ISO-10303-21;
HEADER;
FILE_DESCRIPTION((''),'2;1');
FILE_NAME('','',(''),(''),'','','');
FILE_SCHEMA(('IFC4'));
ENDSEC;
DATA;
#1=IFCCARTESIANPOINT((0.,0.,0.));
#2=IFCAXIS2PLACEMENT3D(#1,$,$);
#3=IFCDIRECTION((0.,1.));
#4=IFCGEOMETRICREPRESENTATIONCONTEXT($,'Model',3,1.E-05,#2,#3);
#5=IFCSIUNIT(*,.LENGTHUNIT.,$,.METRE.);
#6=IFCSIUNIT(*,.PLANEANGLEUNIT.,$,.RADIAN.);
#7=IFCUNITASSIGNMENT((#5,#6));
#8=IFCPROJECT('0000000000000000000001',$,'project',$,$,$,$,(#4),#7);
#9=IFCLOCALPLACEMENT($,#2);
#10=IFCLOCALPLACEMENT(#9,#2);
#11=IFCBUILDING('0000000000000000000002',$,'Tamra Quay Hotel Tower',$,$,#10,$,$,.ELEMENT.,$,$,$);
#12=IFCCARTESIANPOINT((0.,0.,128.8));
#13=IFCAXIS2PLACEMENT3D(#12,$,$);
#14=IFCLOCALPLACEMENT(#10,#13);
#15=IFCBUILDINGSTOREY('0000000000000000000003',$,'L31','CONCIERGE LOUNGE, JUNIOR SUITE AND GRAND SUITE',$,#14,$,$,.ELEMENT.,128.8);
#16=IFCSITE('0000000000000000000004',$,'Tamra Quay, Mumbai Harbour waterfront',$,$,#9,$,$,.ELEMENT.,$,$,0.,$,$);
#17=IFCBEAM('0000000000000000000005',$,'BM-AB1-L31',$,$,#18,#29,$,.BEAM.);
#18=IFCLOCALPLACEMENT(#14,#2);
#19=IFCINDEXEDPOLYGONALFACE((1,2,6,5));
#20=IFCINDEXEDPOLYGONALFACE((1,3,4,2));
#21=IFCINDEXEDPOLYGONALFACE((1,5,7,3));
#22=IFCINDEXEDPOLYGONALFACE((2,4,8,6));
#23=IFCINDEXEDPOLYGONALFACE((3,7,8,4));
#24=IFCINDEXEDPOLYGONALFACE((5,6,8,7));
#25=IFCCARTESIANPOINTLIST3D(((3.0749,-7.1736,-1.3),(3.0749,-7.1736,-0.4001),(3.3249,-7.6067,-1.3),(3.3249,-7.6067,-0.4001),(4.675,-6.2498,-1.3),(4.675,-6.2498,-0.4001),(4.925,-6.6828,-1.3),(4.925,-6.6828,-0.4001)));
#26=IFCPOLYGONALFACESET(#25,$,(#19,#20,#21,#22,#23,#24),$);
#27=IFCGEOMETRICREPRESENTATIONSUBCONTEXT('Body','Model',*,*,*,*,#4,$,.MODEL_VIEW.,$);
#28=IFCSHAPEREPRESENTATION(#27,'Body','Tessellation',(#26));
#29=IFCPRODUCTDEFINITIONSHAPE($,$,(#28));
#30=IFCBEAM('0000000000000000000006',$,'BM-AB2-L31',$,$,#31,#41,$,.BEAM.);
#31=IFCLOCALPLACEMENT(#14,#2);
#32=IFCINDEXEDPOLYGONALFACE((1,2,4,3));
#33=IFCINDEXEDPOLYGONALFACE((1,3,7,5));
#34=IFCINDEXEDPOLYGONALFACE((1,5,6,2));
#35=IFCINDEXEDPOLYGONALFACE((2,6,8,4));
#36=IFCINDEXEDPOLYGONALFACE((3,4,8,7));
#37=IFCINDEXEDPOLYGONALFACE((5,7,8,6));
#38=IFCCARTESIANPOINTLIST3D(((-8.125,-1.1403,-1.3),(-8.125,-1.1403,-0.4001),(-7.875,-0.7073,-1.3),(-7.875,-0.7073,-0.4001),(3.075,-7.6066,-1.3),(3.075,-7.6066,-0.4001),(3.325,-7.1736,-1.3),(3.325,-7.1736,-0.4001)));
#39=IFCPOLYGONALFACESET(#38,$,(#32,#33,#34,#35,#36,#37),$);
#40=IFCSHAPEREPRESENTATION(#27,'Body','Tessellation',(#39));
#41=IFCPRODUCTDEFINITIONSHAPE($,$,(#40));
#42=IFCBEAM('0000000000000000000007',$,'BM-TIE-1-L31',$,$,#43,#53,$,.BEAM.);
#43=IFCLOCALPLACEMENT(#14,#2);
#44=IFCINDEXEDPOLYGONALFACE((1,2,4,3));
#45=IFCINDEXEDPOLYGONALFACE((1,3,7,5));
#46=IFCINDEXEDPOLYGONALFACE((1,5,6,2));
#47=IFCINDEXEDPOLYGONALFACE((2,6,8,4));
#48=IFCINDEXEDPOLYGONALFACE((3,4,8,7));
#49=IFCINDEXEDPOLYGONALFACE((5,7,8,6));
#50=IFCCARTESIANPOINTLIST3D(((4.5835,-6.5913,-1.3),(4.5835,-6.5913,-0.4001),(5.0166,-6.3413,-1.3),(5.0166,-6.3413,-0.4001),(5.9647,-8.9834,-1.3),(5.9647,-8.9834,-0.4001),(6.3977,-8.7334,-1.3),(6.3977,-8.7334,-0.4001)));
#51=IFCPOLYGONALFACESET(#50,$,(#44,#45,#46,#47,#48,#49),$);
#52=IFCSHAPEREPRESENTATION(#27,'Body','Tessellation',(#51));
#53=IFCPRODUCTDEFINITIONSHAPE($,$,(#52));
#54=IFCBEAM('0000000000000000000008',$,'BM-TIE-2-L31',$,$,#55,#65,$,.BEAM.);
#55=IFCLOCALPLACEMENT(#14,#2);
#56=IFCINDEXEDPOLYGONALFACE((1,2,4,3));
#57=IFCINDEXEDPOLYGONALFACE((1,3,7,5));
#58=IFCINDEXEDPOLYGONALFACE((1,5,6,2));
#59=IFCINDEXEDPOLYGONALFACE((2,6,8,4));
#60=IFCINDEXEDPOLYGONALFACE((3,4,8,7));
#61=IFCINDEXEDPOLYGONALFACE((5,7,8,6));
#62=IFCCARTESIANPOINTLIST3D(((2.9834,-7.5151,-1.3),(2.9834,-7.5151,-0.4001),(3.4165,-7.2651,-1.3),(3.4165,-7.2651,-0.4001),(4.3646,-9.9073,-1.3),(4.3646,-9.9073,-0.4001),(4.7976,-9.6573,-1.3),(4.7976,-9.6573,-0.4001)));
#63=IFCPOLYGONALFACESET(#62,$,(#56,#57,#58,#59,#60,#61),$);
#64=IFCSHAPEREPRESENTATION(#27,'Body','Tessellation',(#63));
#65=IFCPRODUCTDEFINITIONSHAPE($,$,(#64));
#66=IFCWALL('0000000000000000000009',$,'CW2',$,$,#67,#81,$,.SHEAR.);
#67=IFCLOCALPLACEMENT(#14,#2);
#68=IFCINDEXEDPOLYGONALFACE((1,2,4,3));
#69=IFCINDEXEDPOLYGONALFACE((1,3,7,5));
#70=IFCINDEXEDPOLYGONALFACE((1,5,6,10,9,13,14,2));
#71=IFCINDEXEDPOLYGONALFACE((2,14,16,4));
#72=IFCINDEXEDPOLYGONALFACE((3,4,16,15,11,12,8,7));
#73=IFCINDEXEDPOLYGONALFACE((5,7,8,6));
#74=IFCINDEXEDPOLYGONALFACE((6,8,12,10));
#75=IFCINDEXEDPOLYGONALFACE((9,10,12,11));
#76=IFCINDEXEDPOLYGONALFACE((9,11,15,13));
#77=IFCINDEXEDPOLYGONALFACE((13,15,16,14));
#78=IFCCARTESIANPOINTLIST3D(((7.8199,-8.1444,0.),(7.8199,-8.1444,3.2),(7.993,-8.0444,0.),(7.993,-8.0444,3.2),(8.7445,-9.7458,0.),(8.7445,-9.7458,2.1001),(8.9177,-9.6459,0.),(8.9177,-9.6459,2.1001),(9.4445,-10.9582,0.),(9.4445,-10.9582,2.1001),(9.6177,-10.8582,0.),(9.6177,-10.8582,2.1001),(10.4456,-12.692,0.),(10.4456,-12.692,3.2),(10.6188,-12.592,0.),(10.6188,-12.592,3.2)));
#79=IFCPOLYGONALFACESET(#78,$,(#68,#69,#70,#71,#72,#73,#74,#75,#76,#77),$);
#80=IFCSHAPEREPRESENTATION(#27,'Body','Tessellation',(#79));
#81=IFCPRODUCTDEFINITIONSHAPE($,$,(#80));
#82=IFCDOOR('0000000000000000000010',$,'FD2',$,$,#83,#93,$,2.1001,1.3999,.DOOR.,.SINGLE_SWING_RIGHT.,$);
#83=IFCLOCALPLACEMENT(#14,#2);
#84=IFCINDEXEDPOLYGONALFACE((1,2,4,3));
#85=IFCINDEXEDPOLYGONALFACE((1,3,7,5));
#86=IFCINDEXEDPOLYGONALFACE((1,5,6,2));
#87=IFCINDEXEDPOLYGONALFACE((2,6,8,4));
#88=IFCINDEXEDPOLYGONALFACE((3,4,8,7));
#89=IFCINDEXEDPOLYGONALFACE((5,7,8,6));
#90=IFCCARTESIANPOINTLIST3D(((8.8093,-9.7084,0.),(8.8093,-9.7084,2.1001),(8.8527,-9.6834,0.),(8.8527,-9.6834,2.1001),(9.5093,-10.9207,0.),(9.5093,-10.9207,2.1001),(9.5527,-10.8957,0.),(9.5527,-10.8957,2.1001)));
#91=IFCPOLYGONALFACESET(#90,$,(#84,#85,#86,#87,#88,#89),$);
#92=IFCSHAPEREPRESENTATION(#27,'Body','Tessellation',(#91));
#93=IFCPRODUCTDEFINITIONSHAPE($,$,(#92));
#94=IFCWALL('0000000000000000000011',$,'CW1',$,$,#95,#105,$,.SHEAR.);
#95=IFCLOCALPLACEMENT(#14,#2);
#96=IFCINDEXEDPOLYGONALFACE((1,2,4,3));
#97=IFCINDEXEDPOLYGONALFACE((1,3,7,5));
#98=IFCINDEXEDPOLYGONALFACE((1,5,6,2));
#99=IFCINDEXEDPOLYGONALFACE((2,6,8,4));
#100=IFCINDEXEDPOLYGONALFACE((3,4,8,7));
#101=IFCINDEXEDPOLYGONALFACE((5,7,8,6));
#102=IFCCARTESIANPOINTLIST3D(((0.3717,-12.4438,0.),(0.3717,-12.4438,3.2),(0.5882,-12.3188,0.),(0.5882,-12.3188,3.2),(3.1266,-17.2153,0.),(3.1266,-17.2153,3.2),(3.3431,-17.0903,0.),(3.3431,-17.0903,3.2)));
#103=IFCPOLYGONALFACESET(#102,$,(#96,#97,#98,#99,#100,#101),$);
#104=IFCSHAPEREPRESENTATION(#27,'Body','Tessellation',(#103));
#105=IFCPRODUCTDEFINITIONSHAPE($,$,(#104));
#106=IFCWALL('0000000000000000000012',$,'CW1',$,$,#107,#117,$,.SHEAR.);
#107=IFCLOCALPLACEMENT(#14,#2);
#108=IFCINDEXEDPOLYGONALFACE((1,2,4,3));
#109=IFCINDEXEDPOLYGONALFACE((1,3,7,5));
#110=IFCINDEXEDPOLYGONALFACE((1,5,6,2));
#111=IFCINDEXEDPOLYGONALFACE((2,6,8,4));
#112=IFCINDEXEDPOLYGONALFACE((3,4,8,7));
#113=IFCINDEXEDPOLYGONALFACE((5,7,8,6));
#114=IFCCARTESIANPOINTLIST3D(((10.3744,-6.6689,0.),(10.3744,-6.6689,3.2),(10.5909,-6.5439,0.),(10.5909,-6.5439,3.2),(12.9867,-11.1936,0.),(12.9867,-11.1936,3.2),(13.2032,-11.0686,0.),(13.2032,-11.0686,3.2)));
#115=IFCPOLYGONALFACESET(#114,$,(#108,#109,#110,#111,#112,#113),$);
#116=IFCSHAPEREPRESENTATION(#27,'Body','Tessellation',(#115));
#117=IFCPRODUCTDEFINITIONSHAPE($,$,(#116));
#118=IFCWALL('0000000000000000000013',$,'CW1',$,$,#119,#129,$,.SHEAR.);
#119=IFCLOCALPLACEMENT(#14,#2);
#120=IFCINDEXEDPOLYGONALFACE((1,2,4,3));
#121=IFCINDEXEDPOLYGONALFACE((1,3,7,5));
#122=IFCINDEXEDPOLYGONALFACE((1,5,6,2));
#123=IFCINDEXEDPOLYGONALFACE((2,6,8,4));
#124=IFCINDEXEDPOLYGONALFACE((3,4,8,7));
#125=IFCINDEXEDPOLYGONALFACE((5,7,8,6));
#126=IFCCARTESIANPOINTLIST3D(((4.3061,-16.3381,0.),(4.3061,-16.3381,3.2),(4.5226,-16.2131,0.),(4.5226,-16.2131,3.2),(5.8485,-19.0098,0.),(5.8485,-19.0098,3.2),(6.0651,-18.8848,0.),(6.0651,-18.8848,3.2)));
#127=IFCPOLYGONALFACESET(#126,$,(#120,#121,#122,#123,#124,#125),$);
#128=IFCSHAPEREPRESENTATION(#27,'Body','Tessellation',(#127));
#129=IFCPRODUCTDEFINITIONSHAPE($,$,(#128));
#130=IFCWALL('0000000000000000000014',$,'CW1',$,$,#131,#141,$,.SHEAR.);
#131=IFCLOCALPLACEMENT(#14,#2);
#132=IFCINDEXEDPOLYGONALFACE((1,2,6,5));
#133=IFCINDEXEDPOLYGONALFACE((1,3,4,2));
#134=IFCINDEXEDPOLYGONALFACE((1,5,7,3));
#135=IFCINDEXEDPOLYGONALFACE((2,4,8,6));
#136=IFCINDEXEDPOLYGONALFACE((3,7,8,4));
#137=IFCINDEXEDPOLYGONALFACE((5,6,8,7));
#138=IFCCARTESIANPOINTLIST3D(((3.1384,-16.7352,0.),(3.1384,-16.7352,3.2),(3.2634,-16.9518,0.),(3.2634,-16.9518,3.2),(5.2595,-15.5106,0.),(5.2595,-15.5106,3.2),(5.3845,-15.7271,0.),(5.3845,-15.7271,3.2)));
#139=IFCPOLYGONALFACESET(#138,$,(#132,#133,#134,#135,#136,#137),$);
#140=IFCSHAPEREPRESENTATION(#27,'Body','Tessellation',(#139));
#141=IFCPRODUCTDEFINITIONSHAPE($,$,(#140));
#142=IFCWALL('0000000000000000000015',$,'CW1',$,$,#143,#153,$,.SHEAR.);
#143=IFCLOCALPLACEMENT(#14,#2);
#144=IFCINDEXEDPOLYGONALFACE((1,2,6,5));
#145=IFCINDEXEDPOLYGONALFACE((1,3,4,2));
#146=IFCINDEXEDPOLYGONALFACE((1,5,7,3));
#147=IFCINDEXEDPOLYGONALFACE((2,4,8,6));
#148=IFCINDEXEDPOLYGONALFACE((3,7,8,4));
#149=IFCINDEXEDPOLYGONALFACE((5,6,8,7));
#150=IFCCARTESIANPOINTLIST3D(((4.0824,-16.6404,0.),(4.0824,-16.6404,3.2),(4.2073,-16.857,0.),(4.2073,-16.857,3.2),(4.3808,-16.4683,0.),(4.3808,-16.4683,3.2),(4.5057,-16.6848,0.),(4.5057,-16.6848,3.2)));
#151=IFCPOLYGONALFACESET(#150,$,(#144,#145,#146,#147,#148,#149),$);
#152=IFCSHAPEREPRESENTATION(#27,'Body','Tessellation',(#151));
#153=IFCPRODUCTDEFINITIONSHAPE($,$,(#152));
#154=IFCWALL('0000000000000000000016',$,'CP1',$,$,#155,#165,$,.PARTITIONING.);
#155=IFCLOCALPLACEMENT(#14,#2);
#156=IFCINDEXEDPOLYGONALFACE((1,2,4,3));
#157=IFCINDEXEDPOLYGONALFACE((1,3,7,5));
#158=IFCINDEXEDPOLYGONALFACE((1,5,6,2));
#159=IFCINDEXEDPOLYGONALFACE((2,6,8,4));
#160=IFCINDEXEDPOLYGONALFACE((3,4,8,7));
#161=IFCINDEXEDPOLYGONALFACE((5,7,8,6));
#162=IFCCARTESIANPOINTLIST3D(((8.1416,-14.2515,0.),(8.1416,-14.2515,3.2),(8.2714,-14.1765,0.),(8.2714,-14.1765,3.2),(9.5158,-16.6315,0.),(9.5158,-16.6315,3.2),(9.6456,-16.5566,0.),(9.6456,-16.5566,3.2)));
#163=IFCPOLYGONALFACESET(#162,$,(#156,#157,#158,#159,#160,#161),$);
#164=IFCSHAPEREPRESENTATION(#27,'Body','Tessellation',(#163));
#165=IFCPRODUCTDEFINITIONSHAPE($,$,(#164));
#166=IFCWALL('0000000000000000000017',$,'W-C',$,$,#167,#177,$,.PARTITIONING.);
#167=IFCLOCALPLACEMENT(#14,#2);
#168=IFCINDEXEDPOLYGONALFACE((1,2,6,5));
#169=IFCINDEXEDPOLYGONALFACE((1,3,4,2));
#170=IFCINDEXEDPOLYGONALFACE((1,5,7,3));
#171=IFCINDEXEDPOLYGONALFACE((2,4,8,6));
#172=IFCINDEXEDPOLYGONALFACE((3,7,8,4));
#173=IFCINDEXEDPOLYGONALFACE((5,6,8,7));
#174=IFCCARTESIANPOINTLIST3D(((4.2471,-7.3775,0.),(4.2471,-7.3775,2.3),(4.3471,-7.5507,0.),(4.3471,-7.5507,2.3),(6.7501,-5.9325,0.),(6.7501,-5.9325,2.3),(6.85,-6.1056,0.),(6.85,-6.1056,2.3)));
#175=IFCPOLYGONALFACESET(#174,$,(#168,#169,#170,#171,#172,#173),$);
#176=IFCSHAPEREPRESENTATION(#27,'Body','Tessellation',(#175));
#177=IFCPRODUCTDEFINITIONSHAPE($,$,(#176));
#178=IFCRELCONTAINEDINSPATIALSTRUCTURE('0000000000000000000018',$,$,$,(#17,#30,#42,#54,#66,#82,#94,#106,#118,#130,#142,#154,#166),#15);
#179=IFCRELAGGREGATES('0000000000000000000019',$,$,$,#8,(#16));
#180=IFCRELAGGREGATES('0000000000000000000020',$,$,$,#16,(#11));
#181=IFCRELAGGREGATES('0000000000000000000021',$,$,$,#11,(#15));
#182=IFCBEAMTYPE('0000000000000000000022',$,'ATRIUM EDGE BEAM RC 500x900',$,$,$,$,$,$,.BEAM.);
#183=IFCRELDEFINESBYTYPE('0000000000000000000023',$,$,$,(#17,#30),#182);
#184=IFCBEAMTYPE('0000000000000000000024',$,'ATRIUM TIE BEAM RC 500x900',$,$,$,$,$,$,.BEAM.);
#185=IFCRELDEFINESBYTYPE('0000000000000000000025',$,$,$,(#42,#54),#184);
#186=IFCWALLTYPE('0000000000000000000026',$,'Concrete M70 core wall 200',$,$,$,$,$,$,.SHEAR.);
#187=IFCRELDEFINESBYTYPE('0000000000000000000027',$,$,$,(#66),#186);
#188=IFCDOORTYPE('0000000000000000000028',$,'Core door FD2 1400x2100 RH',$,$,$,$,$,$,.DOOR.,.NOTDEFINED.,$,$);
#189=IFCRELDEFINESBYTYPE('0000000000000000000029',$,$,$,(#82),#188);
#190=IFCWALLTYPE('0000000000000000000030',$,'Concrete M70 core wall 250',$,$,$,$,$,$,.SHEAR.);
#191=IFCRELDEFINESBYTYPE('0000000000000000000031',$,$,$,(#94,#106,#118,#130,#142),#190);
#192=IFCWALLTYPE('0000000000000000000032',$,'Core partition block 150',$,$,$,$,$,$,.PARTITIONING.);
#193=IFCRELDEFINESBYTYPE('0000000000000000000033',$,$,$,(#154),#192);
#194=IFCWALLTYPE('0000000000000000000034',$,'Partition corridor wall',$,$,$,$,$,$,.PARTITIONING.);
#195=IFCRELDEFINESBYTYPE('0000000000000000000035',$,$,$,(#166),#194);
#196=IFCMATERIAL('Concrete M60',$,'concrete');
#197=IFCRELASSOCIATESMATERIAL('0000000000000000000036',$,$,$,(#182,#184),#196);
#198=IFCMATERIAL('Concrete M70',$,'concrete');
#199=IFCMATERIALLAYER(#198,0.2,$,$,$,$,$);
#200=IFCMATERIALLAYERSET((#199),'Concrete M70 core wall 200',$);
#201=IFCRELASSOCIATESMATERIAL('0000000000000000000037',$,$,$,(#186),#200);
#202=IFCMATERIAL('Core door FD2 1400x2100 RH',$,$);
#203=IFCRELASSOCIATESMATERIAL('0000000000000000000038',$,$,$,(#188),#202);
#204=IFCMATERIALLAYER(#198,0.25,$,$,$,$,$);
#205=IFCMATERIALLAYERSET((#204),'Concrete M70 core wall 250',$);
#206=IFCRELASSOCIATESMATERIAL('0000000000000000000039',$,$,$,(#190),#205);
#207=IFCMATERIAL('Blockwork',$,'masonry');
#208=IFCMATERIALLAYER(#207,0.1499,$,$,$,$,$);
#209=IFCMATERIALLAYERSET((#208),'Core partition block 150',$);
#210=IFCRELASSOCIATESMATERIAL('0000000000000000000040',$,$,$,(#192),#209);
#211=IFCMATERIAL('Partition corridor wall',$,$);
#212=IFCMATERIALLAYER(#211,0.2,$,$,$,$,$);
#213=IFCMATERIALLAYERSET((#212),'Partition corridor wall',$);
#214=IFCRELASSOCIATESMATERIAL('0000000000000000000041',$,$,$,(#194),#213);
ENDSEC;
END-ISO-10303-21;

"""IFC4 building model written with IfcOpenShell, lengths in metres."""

from ifc_helpers import new_model, si_unit, direction, frame, frame_2d, origin, origin_2d, place, context, subcontext, project, spatial, rectangle, extrude, material, layer, layer_set, material_profile, profile_set, type_object, element, fill, save


model = new_model("IFC4")

# Units and contexts
model_context = context("Model", 3, precision=1e-05, world=origin(), true_north=direction((0.0, 1.0)))
body_context = subcontext(model_context, "Body", "Model", "MODEL_VIEW")
ifc_project = project(units=[si_unit("LENGTHUNIT", "METRE"), si_unit("PLANEANGLEUNIT", "RADIAN")], contexts=[model_context])

# Site, building, storey
site_placement = place(None, origin())
site = spatial("IfcSite", under=ifc_project, at=site_placement, Name="Tamra Quay, Mumbai Harbour waterfront", CompositionType="ELEMENT", RefElevation=0.0)
building_placement = place(site_placement, origin())
building = spatial("IfcBuilding", under=site, at=building_placement, Name="Tamra Quay Hotel Tower", CompositionType="ELEMENT")
storey_placement = place(building_placement, frame((0.0, 0.0, 128.8)))
storey = spatial("IfcBuildingStorey", under=building, at=storey_placement, Name="L31", Description="CONCIERGE LOUNGE, JUNIOR SUITE AND GRAND SUITE", CompositionType="ELEMENT", Elevation=128.8)

# Beams
ifc_material_1 = material(Name="Concrete M60", Category="concrete")
ifc_material_profile_1 = material_profile(ifc_material_1, rectangle(XDim=0.5, YDim=0.8999, at=origin_2d()), Name="ATRIUM EDGE BEAM RC 500x900")
ifc_profile_set_1 = profile_set([ifc_material_profile_1], Name="Concrete M60")
beam_type_1 = type_object("IfcBeamType", Name="ATRIUM EDGE BEAM RC 500x900", PredefinedType="BEAM", material=ifc_profile_set_1)
beam_1_placement = place(storey_placement, frame((4.8, -6.4663, -0.8501), z_axis=(-0.866023, -0.500005, 0.0), x_axis=(0.500005, -0.866023, 0.0)))
element("IfcBeam", 1, at=beam_1_placement, inside=storey, type_object=beam_type_1, Name="BM-AB1-L31", PredefinedType="BEAM", context=body_context, shape_type="SweptSolid", body=[
    extrude(rectangle(XDim=0.5, YDim=0.8999, at=origin_2d()), origin(), (0.0, 0.0, 1.0), 1.8477),
])
beam_2_placement = place(storey_placement, frame((3.2, -7.3901, -0.8501), z_axis=(-0.866025, 0.500001, 0.0), x_axis=(-0.500001, -0.866025, 0.0)))
element("IfcBeam", 2, at=beam_2_placement, inside=storey, type_object=beam_type_1, Name="BM-AB2-L31", PredefinedType="BEAM", context=body_context, shape_type="SweptSolid", body=[
    extrude(rectangle(XDim=0.5, YDim=0.8999, at=origin_2d()), origin(), (0.0, 0.0, 1.0), 12.9326),
])
ifc_material_profile_2 = material_profile(ifc_material_1, rectangle(XDim=0.5, YDim=0.8999, at=origin_2d()), Name="ATRIUM TIE BEAM RC 500x900")
ifc_profile_set_2 = profile_set([ifc_material_profile_2], Name="Concrete M60")
beam_type_2 = type_object("IfcBeamType", Name="ATRIUM TIE BEAM RC 500x900", PredefinedType="BEAM", material=ifc_profile_set_2)
for number, where, z_axis, x_axis, name in (
    (3, (4.8, -6.4663, -0.8501), (0.500008, -0.866021, 0.0), (0.866021, 0.500008, 0.0), "BM-TIE-1-L31"),
    (4, (3.2, -7.3901, -0.8501), (0.500008, -0.866021, 0.0), (0.866021, 0.500008, 0.0), "BM-TIE-2-L31"),
):
    element("IfcBeam", number, at=place(storey_placement, frame(where, z_axis=z_axis, x_axis=x_axis)), inside=storey, type_object=beam_type_2, Name=name, PredefinedType="BEAM", context=body_context, shape_type="SweptSolid", body=[
        extrude(rectangle(XDim=0.5, YDim=0.8999, at=origin_2d()), origin(), (0.0, 0.0, 1.0), 2.7622),
    ])

# Wall, opening, door
ifc_material_2 = material(Name="Concrete M70", Category="concrete")
ifc_layer_1 = layer(ifc_material_2, 0.2)
ifc_layer_set_1 = layer_set([ifc_layer_1], Name="Concrete M70 core wall 200")
wall_type_1 = type_object("IfcWallType", Name="Concrete M70 core wall 200", PredefinedType="SHEAR", material=ifc_layer_set_1)
wall_1_placement = place(storey_placement, frame((7.9065, -8.0945, 0.0), z_axis=(0.0, 0.0, 1.0), x_axis=(0.500024, -0.866011, 0.0)))
wall_1 = element("IfcWall", 5, at=wall_1_placement, inside=storey, type_object=wall_type_1, Name="CW2", PredefinedType="SHEAR", context=body_context, shape_type="SweptSolid", body=[
    extrude(rectangle(XDim=5.2512, YDim=0.2, at=frame_2d((2.6255, 0.0))), origin(), (0.0, 0.0, 1.0), 3.2),
])
opening_1_placement = place(wall_1_placement, frame((1.8491, 0.0, 0.0)))
opening_1 = element("IfcOpeningElement", 6, at=opening_1_placement, cuts=wall_1, PredefinedType="OPENING", context=body_context, shape_type="SweptSolid", body=[
    extrude(rectangle(XDim=1.3999, YDim=2.1001, at=frame_2d((0.7, 1.05))), frame((0.0, 0.1099, 0.0), z_axis=(0.0, -1.0, 0.0), x_axis=(1.0, 0.0, 0.0)), (0.0, 0.0, 1.0), 0.22),
])
ifc_material_3 = material(Name="Core door FD2 1400x2100 RH")
door_type_1 = type_object("IfcDoorType", Name="Core door FD2 1400x2100 RH", OperationType="NOTDEFINED", PredefinedType="DOOR", material=ifc_material_3)
door_1_placement = place(opening_1_placement, origin())
door_1 = element("IfcDoor", 7, at=door_1_placement, inside=storey, type_object=door_type_1, Name="FD2", OperationType="SINGLE_SWING_RIGHT", OverallHeight=2.1001, OverallWidth=1.3999, PredefinedType="DOOR", context=body_context, shape_type="SweptSolid", body=[
    extrude(rectangle(XDim=1.3999, YDim=2.1001, at=frame_2d((0.7, 1.05))), frame((0.0, 0.0249, 0.0), z_axis=(0.0, -1.0, 0.0), x_axis=(1.0, 0.0, 0.0)), (0.0, 0.0, 1.0), 0.05),
])
fill(opening_1, door_1)

# Walls
ifc_layer_2 = layer(ifc_material_2, 0.25)
ifc_layer_set_2 = layer_set([ifc_layer_2], Name="Concrete M70 core wall 250")
wall_type_2 = type_object("IfcWallType", Name="Concrete M70 core wall 250", PredefinedType="SHEAR", material=ifc_layer_set_2)
wall_2_placement = place(storey_placement, frame((3.2349, -17.1528, 0.0), z_axis=(0.0, 0.0, 1.0), x_axis=(-0.500009, 0.86602, 0.0)))
element("IfcWall", 8, at=wall_2_placement, inside=storey, type_object=wall_type_2, Name="CW1", PredefinedType="SHEAR", context=body_context, shape_type="SweptSolid", body=[
    extrude(rectangle(XDim=5.5098, YDim=0.25, at=frame_2d((2.7549, 0.0))), origin(), (0.0, 0.0, 1.0), 3.2),
])
wall_3_placement = place(storey_placement, frame((10.4827, -6.6064, 0.0), z_axis=(0.0, 0.0, 1.0), x_axis=(0.499999, -0.866026, 0.0)))
element("IfcWall", 9, at=wall_3_placement, inside=storey, type_object=wall_type_2, Name="CW1", PredefinedType="SHEAR", context=body_context, shape_type="SweptSolid", body=[
    extrude(rectangle(XDim=5.2246, YDim=0.25, at=frame_2d((2.6123, 0.0))), origin(), (0.0, 0.0, 1.0), 3.2),
])
wall_4_placement = place(storey_placement, frame((4.4143, -16.2756, 0.0), z_axis=(0.0, 0.0, 1.0), x_axis=(0.500003, -0.866023, 0.0)))
element("IfcWall", 10, at=wall_4_placement, inside=storey, type_object=wall_type_2, Name="CW1", PredefinedType="SHEAR", context=body_context, shape_type="SweptSolid", body=[
    extrude(rectangle(XDim=3.085, YDim=0.25, at=frame_2d((1.5425, 0.0))), origin(), (0.0, 0.0, 1.0), 3.2),
])
wall_5_placement = place(storey_placement, frame((5.322, -15.6189, 0.0), z_axis=(0.0, 0.0, 1.0), x_axis=(-0.866026, -0.499999, 0.0)))
element("IfcWall", 11, at=wall_5_placement, inside=storey, type_object=wall_type_2, Name="CW1", PredefinedType="SHEAR", context=body_context, shape_type="SweptSolid", body=[
    extrude(rectangle(XDim=2.4492, YDim=0.25, at=frame_2d((1.2246, 0.0))), origin(), (0.0, 0.0, 1.0), 3.2),
])
wall_6_placement = place(storey_placement, frame((4.1448, -16.7488, 0.0), z_axis=(0.0, 0.0, 1.0), x_axis=(0.866186, 0.499722, 0.0)))
element("IfcWall", 12, at=wall_6_placement, inside=storey, type_object=wall_type_2, Name="CW1", PredefinedType="SHEAR", context=body_context, shape_type="SweptSolid", body=[
    extrude(rectangle(XDim=0.3445, YDim=0.25, at=frame_2d((0.1724, 0.0))), origin(), (0.0, 0.0, 1.0), 3.2),
])
ifc_material_4 = material(Name="Blockwork", Category="masonry")
ifc_layer_3 = layer(ifc_material_4, 0.1499)
ifc_layer_set_3 = layer_set([ifc_layer_3], Name="Core partition block 150")
wall_type_3 = type_object("IfcWallType", Name="Core partition block 150", PredefinedType="PARTITIONING", material=ifc_layer_set_3)
wall_7_placement = place(storey_placement, frame((8.2065, -14.2141, 0.0), z_axis=(0.0, 0.0, 1.0), x_axis=(0.500027, -0.86601, 0.0)))
element("IfcWall", 13, at=wall_7_placement, inside=storey, type_object=wall_type_3, Name="CP1", PredefinedType="PARTITIONING", context=body_context, shape_type="SweptSolid", body=[
    extrude(rectangle(XDim=2.7483, YDim=0.1499, at=frame_2d((1.374, 0.0))), origin(), (0.0, 0.0, 1.0), 3.2),
])
ifc_material_5 = material(Name="Partition corridor wall")
ifc_layer_4 = layer(ifc_material_5, 0.2)
ifc_layer_set_4 = layer_set([ifc_layer_4], Name="Partition corridor wall")
wall_type_4 = type_object("IfcWallType", Name="Partition corridor wall", PredefinedType="PARTITIONING", material=ifc_layer_set_4)
wall_8_placement = place(storey_placement, frame((4.2971, -7.4641, 0.0), z_axis=(0.0, 0.0, 1.0), x_axis=(0.866025, 0.5, 0.0)))
element("IfcWall", 14, at=wall_8_placement, inside=storey, type_object=wall_type_4, Name="W-C", PredefinedType="PARTITIONING", context=body_context, shape_type="SweptSolid", body=[
    extrude(rectangle(XDim=2.8901, YDim=0.2, at=frame_2d((1.4451, 0.0))), origin(), (0.0, 0.0, 1.0), 2.3),
])

save(model, "model.ifc")
